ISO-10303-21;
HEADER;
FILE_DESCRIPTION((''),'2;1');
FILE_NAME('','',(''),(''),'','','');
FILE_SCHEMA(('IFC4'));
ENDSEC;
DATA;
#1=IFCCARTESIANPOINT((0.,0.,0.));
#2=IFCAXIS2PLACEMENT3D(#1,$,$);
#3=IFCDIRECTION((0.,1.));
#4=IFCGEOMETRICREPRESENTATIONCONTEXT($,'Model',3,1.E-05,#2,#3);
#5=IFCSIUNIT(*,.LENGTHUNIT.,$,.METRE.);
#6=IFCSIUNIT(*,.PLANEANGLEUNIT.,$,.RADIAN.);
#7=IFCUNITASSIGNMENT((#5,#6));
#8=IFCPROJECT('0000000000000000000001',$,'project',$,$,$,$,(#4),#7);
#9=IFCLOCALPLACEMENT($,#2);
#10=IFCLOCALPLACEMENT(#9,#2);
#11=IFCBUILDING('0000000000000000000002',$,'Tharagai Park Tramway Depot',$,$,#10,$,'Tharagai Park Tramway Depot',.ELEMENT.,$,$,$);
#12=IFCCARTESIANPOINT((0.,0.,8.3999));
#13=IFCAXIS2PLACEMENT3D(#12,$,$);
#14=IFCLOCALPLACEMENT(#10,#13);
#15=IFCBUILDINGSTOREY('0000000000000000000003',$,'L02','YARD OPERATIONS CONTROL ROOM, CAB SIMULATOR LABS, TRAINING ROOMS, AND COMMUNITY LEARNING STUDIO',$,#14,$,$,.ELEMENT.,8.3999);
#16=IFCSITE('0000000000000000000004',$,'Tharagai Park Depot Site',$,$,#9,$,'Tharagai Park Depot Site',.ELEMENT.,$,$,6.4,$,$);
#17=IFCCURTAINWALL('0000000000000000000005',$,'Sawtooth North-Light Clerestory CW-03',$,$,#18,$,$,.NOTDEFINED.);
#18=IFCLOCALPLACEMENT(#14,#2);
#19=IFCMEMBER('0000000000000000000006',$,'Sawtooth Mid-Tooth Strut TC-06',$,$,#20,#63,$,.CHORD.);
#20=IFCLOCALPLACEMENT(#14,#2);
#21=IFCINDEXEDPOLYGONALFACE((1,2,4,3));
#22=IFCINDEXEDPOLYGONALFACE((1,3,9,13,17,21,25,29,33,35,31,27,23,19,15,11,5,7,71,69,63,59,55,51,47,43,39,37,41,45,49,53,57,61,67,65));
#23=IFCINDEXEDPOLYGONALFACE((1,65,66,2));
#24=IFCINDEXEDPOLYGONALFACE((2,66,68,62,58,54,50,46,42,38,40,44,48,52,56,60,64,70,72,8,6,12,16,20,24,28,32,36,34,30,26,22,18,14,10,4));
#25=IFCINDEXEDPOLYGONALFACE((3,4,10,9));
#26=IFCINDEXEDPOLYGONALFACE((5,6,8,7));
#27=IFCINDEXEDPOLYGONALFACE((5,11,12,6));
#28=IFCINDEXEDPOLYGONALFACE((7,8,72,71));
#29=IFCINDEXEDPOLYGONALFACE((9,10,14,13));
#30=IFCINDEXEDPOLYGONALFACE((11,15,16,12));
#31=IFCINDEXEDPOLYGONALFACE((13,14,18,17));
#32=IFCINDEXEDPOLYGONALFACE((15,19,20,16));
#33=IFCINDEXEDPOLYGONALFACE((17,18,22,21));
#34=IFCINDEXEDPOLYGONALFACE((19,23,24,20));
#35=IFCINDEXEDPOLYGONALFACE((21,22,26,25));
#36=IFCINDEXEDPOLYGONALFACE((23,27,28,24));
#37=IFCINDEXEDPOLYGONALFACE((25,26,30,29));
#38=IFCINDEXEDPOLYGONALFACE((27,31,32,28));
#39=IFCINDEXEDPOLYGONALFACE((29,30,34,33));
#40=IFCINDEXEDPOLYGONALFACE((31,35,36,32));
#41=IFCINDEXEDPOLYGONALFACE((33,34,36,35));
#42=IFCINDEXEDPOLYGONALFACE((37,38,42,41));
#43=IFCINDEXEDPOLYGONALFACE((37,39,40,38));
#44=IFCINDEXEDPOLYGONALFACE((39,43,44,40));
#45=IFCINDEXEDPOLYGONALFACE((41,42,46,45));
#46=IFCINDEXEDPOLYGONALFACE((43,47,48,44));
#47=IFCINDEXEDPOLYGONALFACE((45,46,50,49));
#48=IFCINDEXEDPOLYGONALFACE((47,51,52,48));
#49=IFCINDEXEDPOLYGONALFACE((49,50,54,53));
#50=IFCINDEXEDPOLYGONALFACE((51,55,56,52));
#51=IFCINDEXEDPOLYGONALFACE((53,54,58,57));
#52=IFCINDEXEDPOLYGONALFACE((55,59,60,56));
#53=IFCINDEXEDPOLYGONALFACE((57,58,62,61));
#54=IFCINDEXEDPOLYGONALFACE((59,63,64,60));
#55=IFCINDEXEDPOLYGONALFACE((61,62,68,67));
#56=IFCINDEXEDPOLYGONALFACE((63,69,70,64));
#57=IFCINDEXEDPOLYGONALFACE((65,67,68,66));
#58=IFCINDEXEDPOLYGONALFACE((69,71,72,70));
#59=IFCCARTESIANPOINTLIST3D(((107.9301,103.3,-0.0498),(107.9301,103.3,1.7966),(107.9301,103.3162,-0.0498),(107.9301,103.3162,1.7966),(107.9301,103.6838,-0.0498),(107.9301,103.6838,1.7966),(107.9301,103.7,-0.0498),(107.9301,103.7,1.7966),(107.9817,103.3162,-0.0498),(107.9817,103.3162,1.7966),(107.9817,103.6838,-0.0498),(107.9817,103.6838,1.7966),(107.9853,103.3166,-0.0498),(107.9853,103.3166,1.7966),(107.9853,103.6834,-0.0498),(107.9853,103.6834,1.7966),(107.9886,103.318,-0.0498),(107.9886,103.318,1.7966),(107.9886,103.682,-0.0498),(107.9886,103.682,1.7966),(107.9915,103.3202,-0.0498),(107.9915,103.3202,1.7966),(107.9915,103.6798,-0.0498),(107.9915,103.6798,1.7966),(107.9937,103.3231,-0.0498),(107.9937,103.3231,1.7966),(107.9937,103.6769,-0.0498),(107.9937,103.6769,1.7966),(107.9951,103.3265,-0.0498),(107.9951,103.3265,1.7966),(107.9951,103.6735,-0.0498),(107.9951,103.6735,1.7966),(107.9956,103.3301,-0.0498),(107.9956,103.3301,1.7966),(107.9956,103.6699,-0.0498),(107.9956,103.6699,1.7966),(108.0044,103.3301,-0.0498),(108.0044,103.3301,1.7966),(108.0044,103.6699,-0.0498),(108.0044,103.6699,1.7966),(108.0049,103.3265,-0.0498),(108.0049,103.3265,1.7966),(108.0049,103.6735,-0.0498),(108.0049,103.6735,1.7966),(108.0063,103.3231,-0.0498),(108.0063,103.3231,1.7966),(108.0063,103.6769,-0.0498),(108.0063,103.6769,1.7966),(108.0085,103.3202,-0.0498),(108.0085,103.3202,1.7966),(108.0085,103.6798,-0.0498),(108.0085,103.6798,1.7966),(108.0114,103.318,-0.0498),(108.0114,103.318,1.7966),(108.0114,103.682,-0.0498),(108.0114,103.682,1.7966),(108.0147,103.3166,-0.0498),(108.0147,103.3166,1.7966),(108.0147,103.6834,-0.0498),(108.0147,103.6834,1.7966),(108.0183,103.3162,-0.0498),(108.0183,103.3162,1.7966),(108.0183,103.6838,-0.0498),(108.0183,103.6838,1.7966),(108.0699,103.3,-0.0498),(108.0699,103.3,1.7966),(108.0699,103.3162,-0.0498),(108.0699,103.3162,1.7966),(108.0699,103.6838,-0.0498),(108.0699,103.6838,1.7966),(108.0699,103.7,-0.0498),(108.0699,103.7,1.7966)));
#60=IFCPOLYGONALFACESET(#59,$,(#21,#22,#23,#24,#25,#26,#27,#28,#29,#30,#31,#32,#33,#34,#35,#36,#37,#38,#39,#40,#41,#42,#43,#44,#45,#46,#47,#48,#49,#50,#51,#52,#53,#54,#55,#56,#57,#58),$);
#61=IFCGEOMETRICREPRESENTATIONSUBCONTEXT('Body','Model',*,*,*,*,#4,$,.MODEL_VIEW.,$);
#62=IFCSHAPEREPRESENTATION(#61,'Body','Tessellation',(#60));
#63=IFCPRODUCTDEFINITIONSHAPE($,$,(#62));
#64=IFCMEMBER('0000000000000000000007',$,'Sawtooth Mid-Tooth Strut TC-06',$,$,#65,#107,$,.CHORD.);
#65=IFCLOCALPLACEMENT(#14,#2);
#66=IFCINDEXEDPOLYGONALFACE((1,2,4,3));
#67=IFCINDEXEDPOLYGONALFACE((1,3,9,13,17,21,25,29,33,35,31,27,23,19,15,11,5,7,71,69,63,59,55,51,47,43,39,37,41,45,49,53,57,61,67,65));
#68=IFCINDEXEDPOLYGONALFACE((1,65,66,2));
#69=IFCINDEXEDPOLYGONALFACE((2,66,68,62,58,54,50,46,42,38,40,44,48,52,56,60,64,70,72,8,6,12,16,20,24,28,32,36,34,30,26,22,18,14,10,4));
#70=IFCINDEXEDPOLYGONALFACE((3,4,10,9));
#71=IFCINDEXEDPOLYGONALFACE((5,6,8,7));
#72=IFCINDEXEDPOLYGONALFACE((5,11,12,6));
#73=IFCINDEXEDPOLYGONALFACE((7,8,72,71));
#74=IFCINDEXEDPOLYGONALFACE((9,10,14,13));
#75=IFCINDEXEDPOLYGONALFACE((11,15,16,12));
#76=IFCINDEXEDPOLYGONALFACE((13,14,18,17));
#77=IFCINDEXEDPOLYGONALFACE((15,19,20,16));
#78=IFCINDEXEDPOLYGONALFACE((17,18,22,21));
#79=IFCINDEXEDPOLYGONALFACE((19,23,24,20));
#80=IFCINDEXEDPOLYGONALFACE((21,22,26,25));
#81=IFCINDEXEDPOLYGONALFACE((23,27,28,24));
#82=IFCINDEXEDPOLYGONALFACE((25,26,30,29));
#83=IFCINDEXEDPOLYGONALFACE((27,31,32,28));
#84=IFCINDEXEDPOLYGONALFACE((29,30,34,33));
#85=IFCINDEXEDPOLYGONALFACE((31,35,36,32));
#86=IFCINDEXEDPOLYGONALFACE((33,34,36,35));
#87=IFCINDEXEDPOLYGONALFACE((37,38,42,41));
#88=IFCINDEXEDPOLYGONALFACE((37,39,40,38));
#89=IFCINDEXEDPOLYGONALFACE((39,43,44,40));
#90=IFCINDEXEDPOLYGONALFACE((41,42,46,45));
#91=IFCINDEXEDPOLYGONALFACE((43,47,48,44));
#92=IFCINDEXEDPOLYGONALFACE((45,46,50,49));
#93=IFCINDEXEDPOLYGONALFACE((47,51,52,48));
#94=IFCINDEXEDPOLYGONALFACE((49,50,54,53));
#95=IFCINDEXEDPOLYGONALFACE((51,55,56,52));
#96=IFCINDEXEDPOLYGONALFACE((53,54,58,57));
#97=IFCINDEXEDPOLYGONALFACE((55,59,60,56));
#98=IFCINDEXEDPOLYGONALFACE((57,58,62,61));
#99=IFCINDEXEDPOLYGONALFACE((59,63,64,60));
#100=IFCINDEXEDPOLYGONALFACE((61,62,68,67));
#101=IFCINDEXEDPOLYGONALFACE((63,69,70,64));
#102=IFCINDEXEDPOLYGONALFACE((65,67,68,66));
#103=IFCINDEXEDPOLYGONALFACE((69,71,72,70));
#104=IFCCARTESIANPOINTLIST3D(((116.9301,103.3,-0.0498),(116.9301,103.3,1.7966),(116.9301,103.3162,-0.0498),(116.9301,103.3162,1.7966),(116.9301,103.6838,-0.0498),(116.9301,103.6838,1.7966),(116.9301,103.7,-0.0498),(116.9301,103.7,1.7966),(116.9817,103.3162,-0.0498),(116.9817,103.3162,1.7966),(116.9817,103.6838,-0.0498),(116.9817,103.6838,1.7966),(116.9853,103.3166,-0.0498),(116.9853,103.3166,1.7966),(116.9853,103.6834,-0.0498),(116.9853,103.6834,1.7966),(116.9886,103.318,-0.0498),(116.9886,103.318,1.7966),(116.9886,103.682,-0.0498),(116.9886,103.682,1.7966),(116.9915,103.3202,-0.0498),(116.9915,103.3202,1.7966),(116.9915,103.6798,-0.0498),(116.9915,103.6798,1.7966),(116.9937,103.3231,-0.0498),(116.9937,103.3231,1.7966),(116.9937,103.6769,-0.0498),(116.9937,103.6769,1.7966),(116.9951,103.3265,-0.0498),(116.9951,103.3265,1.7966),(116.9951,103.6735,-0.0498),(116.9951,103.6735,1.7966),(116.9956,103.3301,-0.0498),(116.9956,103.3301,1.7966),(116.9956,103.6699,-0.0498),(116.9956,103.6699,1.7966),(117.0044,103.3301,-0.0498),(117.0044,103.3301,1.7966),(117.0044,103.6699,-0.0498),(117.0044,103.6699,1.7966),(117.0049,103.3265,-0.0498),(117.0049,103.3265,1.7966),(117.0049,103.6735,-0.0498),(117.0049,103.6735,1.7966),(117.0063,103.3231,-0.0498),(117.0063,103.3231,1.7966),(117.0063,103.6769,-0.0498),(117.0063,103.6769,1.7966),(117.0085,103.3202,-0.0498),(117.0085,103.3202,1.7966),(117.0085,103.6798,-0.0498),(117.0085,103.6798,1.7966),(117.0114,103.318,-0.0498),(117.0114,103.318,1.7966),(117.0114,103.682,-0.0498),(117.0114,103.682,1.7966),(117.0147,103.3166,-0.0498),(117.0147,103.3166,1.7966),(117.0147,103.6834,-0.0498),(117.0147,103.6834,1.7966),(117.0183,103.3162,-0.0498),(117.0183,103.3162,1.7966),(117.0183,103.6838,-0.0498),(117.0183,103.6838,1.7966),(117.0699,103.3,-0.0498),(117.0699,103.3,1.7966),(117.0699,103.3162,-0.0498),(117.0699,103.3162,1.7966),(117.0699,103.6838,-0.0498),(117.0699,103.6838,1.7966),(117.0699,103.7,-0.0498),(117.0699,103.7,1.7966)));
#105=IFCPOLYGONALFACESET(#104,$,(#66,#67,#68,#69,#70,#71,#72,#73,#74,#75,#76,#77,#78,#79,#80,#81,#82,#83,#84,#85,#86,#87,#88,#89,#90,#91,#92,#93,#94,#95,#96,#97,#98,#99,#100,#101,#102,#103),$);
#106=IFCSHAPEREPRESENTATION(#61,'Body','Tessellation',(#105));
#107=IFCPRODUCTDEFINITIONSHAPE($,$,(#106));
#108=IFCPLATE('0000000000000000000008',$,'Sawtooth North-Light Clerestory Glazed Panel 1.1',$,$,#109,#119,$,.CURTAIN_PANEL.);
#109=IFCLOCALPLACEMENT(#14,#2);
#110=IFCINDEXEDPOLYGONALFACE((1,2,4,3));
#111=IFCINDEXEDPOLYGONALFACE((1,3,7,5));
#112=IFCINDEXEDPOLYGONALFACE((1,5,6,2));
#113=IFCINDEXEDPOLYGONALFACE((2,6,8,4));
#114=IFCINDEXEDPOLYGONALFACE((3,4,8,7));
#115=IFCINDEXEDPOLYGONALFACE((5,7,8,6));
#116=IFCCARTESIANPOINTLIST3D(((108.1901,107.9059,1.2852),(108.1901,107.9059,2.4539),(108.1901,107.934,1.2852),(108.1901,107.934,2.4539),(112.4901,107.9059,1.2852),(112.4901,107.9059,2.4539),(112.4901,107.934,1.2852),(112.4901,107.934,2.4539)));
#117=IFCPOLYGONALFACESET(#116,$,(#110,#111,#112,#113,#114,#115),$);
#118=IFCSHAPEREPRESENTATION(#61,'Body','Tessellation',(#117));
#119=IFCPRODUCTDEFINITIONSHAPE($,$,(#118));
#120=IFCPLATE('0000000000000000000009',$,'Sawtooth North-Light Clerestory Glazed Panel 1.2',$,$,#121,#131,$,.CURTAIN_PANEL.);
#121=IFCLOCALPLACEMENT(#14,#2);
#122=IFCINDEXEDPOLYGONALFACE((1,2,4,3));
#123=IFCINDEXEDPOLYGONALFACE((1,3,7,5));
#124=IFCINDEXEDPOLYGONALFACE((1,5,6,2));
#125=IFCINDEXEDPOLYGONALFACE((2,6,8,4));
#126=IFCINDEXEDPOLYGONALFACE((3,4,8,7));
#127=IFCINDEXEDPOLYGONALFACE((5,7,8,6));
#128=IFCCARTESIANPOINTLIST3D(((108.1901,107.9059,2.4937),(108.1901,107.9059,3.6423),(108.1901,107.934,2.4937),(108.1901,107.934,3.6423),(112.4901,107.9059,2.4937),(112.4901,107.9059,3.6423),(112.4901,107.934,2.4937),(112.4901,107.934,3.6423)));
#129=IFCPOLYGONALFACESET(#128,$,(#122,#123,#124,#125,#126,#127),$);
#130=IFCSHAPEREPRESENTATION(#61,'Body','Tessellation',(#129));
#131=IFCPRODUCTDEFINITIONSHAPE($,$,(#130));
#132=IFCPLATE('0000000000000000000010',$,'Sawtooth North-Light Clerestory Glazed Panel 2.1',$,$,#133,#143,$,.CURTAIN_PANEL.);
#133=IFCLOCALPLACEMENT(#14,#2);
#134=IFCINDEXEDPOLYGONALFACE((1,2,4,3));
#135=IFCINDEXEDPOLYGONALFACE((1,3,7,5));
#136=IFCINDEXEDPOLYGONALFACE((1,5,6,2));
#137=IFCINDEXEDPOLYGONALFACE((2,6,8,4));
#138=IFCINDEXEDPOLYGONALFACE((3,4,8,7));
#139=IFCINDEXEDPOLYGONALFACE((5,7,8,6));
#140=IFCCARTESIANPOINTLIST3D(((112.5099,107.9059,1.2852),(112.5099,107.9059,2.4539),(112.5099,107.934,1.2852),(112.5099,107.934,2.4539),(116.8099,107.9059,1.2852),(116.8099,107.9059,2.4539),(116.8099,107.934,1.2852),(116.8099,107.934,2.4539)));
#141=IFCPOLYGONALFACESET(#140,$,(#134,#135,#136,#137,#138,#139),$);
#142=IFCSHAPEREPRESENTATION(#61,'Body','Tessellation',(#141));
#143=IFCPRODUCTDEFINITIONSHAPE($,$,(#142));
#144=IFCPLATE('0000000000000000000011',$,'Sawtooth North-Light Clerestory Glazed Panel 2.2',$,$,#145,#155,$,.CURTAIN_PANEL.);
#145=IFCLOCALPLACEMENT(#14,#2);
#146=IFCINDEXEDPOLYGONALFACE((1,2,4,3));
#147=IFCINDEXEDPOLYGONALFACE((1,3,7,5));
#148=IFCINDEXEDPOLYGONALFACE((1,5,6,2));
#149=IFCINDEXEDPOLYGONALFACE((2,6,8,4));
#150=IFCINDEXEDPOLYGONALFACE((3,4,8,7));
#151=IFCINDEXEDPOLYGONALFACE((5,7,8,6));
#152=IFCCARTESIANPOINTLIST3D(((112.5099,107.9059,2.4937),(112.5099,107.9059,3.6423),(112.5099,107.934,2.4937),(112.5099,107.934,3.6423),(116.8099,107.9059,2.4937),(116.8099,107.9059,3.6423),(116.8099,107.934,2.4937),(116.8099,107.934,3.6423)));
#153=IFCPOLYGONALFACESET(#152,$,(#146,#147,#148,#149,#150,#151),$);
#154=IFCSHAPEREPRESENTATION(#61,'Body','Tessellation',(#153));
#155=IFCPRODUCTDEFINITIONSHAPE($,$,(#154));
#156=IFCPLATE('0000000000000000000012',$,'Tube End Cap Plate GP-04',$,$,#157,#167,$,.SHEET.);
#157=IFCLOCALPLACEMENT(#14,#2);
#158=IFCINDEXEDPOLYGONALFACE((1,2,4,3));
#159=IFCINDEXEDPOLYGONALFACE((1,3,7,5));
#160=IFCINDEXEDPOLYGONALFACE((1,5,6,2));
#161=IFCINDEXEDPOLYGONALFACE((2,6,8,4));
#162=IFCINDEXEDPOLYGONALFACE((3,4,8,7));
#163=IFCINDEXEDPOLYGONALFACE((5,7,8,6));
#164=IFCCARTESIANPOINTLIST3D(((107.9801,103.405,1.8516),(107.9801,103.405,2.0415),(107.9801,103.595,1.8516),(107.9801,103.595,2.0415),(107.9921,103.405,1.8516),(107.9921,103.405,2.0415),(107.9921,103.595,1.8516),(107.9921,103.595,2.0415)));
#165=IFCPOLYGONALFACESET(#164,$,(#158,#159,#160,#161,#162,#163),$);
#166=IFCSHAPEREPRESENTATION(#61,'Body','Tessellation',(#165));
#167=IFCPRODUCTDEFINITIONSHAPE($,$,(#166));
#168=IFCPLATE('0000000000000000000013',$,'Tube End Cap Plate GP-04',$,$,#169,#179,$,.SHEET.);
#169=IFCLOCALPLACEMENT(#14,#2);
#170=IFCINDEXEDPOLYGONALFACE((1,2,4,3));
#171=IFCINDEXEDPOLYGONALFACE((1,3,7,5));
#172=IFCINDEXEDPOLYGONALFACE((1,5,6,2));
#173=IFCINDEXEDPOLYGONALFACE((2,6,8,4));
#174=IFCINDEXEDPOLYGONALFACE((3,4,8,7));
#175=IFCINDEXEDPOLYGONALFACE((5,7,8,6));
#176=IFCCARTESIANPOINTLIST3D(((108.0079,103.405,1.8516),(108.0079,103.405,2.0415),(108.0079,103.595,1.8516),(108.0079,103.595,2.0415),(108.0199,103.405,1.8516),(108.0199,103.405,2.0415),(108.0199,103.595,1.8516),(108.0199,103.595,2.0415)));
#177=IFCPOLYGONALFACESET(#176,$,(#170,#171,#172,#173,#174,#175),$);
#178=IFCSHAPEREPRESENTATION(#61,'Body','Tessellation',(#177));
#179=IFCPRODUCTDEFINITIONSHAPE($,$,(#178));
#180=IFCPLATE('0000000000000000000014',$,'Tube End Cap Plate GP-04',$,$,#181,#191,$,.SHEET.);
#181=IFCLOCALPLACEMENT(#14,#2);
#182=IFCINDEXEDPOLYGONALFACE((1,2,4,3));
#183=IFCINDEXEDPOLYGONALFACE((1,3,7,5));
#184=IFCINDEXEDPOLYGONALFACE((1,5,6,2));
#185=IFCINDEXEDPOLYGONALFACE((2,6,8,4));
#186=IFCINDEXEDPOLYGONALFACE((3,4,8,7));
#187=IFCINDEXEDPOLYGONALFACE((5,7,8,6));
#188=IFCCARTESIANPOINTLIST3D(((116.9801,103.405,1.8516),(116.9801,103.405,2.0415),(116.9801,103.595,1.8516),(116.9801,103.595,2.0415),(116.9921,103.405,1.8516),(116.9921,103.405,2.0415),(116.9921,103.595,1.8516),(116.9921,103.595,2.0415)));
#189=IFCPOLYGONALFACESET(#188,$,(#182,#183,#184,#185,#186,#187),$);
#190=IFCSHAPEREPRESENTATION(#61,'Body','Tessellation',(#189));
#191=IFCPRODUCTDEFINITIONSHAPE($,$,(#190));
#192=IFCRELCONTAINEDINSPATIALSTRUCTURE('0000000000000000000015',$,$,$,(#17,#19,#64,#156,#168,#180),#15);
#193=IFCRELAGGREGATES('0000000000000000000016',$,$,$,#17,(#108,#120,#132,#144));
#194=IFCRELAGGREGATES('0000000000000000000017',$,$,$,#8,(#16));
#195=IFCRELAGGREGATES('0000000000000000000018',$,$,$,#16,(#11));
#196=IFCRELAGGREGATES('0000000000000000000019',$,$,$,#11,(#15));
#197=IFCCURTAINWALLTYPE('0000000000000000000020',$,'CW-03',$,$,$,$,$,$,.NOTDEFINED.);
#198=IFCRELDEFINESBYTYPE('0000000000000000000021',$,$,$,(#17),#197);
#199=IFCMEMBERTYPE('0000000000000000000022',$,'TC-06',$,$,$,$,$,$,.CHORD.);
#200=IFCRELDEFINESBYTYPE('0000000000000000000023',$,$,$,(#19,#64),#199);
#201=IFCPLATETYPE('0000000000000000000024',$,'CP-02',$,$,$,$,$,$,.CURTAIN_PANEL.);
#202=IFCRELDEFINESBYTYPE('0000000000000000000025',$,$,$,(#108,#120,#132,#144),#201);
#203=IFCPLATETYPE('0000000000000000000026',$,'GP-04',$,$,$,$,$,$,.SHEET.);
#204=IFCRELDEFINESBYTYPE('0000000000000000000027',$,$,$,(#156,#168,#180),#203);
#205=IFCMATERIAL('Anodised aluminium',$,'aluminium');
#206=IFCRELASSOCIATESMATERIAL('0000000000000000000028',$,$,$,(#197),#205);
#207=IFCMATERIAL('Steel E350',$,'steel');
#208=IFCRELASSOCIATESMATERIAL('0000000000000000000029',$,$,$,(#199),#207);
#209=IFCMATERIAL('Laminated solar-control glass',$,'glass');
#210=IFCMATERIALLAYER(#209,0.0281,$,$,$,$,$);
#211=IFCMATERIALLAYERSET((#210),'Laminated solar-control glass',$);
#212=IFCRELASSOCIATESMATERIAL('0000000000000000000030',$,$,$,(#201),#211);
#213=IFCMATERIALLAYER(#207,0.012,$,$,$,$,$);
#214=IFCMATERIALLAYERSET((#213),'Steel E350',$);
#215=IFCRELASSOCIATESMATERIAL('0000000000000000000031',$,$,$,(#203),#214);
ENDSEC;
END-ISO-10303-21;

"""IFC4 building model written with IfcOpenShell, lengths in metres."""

from ifc_helpers import new_model, si_unit, direction, frame, origin, origin_2d, place, context, subcontext, project, spatial, rectangle, i_section, extrude, material, layer, layer_set, material_profile, profile_set, type_object, element, aggregate, save


model = new_model("IFC4")

# Units and contexts
model_context = context("Model", 3, precision=1e-05, world=origin(), true_north=direction((0.0, 1.0)))
body_context = subcontext(model_context, "Body", "Model", "MODEL_VIEW")
ifc_project = project(units=[si_unit("LENGTHUNIT", "METRE"), si_unit("PLANEANGLEUNIT", "RADIAN")], contexts=[model_context])

# Site, building, storey
site_placement = place(None, origin())
site = spatial("IfcSite", under=ifc_project, at=site_placement, Name="Tharagai Park Depot Site", LongName="Tharagai Park Depot Site", CompositionType="ELEMENT", RefElevation=6.4)
building_placement = place(site_placement, origin())
building = spatial("IfcBuilding", under=site, at=building_placement, Name="Tharagai Park Tramway Depot", LongName="Tharagai Park Tramway Depot", CompositionType="ELEMENT")
storey_placement = place(building_placement, frame((0.0, 0.0, 8.3999)))
storey = spatial("IfcBuildingStorey", under=building, at=storey_placement, Name="L02", Description="YARD OPERATIONS CONTROL ROOM, CAB SIMULATOR LABS, TRAINING ROOMS, AND COMMUNITY LEARNING STUDIO", CompositionType="ELEMENT", Elevation=8.3999)

# Shared definitions
ifc_material_1 = material(Name="Steel E350", Category="steel")

# Curtain wall
ifc_material_2 = material(Name="Anodised aluminium", Category="aluminium")
curtain_wall_type = type_object("IfcCurtainWallType", Name="CW-03", PredefinedType="NOTDEFINED", material=ifc_material_2)
curtain_wall_placement = place(storey_placement, origin())
curtain_wall = element("IfcCurtainWall", 1, at=curtain_wall_placement, inside=storey, type_object=curtain_wall_type, Name="Sawtooth North-Light Clerestory CW-03", PredefinedType="NOTDEFINED")

# Members
ifc_material_profile_1 = material_profile(ifc_material_1, i_section(OverallWidth=0.1399, OverallDepth=0.3999, WebThickness=0.0088, FlangeThickness=0.0161, FilletRadius=0.0139, at=origin_2d()), Name="ISMB 400")
ifc_profile_set_1 = profile_set([ifc_material_profile_1], Name="Steel E350")
member_type_1 = type_object("IfcMemberType", Name="TC-06", PredefinedType="CHORD", material=ifc_profile_set_1)
for number, where, z_axis, x_axis, name in (
    (2, (108.0, 103.5, -0.0498), (0.0, 0.0, 1.0), (1.0, 0.0, 0.0), "Sawtooth Mid-Tooth Strut TC-06"),
    (3, (117.0, 103.5, -0.0498), (0.0, 0.0, 1.0), (1.0, 0.0, 0.0), "Sawtooth Mid-Tooth Strut TC-06"),
):
    element("IfcMember", number, at=place(storey_placement, frame(where, z_axis=z_axis, x_axis=x_axis)), inside=storey, type_object=member_type_1, Name=name, PredefinedType="CHORD", context=body_context, shape_type="SweptSolid", body=[
        extrude(i_section(OverallWidth=0.1399, OverallDepth=0.3999, WebThickness=0.0088, FlangeThickness=0.0161, FilletRadius=0.0139, at=origin_2d()), origin(), (0.0, 0.0, 1.0), 1.8464),
    ])

# Plates
ifc_material_3 = material(Name="Laminated solar-control glass", Category="glass")
ifc_layer_1 = layer(ifc_material_3, 0.0281)
ifc_layer_set_1 = layer_set([ifc_layer_1], Name="Laminated solar-control glass")
plate_type_1 = type_object("IfcPlateType", Name="CP-02", PredefinedType="CURTAIN_PANEL", material=ifc_layer_set_1)
plate_1_placement = place(storey_placement, frame((110.3401, 107.9199, 1.2852), z_axis=(0.0, 0.0, 1.0), x_axis=(1.0, 0.0, 0.0)))
plate_1 = element("IfcPlate", 4, at=plate_1_placement, type_object=plate_type_1, Name="Sawtooth North-Light Clerestory Glazed Panel 1.1", PredefinedType="CURTAIN_PANEL", context=body_context, shape_type="SweptSolid", body=[
    extrude(rectangle(XDim=4.3, YDim=0.0281, at=origin_2d()), origin(), (0.0, 0.0, 1.0), 1.1687),
])
plate_2_placement = place(storey_placement, frame((110.3401, 107.9199, 2.4937), z_axis=(0.0, 0.0, 1.0), x_axis=(1.0, 0.0, 0.0)))
plate_2 = element("IfcPlate", 5, at=plate_2_placement, type_object=plate_type_1, Name="Sawtooth North-Light Clerestory Glazed Panel 1.2", PredefinedType="CURTAIN_PANEL", context=body_context, shape_type="SweptSolid", body=[
    extrude(rectangle(XDim=4.3, YDim=0.0281, at=origin_2d()), origin(), (0.0, 0.0, 1.0), 1.1487),
])
plate_3_placement = place(storey_placement, frame((114.6599, 107.9199, 1.2852), z_axis=(0.0, 0.0, 1.0), x_axis=(1.0, 0.0, 0.0)))
plate_3 = element("IfcPlate", 6, at=plate_3_placement, type_object=plate_type_1, Name="Sawtooth North-Light Clerestory Glazed Panel 2.1", PredefinedType="CURTAIN_PANEL", context=body_context, shape_type="SweptSolid", body=[
    extrude(rectangle(XDim=4.3, YDim=0.0281, at=origin_2d()), origin(), (0.0, 0.0, 1.0), 1.1687),
])
plate_4_placement = place(storey_placement, frame((114.6599, 107.9199, 2.4937), z_axis=(0.0, 0.0, 1.0), x_axis=(1.0, 0.0, 0.0)))
plate_4 = element("IfcPlate", 7, at=plate_4_placement, type_object=plate_type_1, Name="Sawtooth North-Light Clerestory Glazed Panel 2.2", PredefinedType="CURTAIN_PANEL", context=body_context, shape_type="SweptSolid", body=[
    extrude(rectangle(XDim=4.3, YDim=0.0281, at=origin_2d()), origin(), (0.0, 0.0, 1.0), 1.1487),
])
aggregate(curtain_wall, [plate_1, plate_2, plate_3, plate_4])

# Plates
ifc_layer_2 = layer(ifc_material_1, 0.012)
ifc_layer_set_2 = layer_set([ifc_layer_2], Name="Steel E350")
plate_type_2 = type_object("IfcPlateType", Name="GP-04", PredefinedType="SHEET", material=ifc_layer_set_2)
for number, where, z_axis, x_axis, name in (
    (8, (107.9861, 103.5, 1.8516), (0.0, 0.0, 1.0), (1.0, 0.0, 0.0), "Tube End Cap Plate GP-04"),
    (9, (108.0139, 103.5, 1.8516), (0.0, 0.0, 1.0), (1.0, 0.0, 0.0), "Tube End Cap Plate GP-04"),
    (10, (116.9861, 103.5, 1.8516), (0.0, 0.0, 1.0), (1.0, 0.0, 0.0), "Tube End Cap Plate GP-04"),
):
    element("IfcPlate", number, at=place(storey_placement, frame(where, z_axis=z_axis, x_axis=x_axis)), inside=storey, type_object=plate_type_2, Name=name, PredefinedType="SHEET", context=body_context, shape_type="SweptSolid", body=[
        extrude(rectangle(XDim=0.012, YDim=0.1899, at=origin_2d()), origin(), (0.0, 0.0, 1.0), 0.1899),
    ])

save(model, "model.ifc")
